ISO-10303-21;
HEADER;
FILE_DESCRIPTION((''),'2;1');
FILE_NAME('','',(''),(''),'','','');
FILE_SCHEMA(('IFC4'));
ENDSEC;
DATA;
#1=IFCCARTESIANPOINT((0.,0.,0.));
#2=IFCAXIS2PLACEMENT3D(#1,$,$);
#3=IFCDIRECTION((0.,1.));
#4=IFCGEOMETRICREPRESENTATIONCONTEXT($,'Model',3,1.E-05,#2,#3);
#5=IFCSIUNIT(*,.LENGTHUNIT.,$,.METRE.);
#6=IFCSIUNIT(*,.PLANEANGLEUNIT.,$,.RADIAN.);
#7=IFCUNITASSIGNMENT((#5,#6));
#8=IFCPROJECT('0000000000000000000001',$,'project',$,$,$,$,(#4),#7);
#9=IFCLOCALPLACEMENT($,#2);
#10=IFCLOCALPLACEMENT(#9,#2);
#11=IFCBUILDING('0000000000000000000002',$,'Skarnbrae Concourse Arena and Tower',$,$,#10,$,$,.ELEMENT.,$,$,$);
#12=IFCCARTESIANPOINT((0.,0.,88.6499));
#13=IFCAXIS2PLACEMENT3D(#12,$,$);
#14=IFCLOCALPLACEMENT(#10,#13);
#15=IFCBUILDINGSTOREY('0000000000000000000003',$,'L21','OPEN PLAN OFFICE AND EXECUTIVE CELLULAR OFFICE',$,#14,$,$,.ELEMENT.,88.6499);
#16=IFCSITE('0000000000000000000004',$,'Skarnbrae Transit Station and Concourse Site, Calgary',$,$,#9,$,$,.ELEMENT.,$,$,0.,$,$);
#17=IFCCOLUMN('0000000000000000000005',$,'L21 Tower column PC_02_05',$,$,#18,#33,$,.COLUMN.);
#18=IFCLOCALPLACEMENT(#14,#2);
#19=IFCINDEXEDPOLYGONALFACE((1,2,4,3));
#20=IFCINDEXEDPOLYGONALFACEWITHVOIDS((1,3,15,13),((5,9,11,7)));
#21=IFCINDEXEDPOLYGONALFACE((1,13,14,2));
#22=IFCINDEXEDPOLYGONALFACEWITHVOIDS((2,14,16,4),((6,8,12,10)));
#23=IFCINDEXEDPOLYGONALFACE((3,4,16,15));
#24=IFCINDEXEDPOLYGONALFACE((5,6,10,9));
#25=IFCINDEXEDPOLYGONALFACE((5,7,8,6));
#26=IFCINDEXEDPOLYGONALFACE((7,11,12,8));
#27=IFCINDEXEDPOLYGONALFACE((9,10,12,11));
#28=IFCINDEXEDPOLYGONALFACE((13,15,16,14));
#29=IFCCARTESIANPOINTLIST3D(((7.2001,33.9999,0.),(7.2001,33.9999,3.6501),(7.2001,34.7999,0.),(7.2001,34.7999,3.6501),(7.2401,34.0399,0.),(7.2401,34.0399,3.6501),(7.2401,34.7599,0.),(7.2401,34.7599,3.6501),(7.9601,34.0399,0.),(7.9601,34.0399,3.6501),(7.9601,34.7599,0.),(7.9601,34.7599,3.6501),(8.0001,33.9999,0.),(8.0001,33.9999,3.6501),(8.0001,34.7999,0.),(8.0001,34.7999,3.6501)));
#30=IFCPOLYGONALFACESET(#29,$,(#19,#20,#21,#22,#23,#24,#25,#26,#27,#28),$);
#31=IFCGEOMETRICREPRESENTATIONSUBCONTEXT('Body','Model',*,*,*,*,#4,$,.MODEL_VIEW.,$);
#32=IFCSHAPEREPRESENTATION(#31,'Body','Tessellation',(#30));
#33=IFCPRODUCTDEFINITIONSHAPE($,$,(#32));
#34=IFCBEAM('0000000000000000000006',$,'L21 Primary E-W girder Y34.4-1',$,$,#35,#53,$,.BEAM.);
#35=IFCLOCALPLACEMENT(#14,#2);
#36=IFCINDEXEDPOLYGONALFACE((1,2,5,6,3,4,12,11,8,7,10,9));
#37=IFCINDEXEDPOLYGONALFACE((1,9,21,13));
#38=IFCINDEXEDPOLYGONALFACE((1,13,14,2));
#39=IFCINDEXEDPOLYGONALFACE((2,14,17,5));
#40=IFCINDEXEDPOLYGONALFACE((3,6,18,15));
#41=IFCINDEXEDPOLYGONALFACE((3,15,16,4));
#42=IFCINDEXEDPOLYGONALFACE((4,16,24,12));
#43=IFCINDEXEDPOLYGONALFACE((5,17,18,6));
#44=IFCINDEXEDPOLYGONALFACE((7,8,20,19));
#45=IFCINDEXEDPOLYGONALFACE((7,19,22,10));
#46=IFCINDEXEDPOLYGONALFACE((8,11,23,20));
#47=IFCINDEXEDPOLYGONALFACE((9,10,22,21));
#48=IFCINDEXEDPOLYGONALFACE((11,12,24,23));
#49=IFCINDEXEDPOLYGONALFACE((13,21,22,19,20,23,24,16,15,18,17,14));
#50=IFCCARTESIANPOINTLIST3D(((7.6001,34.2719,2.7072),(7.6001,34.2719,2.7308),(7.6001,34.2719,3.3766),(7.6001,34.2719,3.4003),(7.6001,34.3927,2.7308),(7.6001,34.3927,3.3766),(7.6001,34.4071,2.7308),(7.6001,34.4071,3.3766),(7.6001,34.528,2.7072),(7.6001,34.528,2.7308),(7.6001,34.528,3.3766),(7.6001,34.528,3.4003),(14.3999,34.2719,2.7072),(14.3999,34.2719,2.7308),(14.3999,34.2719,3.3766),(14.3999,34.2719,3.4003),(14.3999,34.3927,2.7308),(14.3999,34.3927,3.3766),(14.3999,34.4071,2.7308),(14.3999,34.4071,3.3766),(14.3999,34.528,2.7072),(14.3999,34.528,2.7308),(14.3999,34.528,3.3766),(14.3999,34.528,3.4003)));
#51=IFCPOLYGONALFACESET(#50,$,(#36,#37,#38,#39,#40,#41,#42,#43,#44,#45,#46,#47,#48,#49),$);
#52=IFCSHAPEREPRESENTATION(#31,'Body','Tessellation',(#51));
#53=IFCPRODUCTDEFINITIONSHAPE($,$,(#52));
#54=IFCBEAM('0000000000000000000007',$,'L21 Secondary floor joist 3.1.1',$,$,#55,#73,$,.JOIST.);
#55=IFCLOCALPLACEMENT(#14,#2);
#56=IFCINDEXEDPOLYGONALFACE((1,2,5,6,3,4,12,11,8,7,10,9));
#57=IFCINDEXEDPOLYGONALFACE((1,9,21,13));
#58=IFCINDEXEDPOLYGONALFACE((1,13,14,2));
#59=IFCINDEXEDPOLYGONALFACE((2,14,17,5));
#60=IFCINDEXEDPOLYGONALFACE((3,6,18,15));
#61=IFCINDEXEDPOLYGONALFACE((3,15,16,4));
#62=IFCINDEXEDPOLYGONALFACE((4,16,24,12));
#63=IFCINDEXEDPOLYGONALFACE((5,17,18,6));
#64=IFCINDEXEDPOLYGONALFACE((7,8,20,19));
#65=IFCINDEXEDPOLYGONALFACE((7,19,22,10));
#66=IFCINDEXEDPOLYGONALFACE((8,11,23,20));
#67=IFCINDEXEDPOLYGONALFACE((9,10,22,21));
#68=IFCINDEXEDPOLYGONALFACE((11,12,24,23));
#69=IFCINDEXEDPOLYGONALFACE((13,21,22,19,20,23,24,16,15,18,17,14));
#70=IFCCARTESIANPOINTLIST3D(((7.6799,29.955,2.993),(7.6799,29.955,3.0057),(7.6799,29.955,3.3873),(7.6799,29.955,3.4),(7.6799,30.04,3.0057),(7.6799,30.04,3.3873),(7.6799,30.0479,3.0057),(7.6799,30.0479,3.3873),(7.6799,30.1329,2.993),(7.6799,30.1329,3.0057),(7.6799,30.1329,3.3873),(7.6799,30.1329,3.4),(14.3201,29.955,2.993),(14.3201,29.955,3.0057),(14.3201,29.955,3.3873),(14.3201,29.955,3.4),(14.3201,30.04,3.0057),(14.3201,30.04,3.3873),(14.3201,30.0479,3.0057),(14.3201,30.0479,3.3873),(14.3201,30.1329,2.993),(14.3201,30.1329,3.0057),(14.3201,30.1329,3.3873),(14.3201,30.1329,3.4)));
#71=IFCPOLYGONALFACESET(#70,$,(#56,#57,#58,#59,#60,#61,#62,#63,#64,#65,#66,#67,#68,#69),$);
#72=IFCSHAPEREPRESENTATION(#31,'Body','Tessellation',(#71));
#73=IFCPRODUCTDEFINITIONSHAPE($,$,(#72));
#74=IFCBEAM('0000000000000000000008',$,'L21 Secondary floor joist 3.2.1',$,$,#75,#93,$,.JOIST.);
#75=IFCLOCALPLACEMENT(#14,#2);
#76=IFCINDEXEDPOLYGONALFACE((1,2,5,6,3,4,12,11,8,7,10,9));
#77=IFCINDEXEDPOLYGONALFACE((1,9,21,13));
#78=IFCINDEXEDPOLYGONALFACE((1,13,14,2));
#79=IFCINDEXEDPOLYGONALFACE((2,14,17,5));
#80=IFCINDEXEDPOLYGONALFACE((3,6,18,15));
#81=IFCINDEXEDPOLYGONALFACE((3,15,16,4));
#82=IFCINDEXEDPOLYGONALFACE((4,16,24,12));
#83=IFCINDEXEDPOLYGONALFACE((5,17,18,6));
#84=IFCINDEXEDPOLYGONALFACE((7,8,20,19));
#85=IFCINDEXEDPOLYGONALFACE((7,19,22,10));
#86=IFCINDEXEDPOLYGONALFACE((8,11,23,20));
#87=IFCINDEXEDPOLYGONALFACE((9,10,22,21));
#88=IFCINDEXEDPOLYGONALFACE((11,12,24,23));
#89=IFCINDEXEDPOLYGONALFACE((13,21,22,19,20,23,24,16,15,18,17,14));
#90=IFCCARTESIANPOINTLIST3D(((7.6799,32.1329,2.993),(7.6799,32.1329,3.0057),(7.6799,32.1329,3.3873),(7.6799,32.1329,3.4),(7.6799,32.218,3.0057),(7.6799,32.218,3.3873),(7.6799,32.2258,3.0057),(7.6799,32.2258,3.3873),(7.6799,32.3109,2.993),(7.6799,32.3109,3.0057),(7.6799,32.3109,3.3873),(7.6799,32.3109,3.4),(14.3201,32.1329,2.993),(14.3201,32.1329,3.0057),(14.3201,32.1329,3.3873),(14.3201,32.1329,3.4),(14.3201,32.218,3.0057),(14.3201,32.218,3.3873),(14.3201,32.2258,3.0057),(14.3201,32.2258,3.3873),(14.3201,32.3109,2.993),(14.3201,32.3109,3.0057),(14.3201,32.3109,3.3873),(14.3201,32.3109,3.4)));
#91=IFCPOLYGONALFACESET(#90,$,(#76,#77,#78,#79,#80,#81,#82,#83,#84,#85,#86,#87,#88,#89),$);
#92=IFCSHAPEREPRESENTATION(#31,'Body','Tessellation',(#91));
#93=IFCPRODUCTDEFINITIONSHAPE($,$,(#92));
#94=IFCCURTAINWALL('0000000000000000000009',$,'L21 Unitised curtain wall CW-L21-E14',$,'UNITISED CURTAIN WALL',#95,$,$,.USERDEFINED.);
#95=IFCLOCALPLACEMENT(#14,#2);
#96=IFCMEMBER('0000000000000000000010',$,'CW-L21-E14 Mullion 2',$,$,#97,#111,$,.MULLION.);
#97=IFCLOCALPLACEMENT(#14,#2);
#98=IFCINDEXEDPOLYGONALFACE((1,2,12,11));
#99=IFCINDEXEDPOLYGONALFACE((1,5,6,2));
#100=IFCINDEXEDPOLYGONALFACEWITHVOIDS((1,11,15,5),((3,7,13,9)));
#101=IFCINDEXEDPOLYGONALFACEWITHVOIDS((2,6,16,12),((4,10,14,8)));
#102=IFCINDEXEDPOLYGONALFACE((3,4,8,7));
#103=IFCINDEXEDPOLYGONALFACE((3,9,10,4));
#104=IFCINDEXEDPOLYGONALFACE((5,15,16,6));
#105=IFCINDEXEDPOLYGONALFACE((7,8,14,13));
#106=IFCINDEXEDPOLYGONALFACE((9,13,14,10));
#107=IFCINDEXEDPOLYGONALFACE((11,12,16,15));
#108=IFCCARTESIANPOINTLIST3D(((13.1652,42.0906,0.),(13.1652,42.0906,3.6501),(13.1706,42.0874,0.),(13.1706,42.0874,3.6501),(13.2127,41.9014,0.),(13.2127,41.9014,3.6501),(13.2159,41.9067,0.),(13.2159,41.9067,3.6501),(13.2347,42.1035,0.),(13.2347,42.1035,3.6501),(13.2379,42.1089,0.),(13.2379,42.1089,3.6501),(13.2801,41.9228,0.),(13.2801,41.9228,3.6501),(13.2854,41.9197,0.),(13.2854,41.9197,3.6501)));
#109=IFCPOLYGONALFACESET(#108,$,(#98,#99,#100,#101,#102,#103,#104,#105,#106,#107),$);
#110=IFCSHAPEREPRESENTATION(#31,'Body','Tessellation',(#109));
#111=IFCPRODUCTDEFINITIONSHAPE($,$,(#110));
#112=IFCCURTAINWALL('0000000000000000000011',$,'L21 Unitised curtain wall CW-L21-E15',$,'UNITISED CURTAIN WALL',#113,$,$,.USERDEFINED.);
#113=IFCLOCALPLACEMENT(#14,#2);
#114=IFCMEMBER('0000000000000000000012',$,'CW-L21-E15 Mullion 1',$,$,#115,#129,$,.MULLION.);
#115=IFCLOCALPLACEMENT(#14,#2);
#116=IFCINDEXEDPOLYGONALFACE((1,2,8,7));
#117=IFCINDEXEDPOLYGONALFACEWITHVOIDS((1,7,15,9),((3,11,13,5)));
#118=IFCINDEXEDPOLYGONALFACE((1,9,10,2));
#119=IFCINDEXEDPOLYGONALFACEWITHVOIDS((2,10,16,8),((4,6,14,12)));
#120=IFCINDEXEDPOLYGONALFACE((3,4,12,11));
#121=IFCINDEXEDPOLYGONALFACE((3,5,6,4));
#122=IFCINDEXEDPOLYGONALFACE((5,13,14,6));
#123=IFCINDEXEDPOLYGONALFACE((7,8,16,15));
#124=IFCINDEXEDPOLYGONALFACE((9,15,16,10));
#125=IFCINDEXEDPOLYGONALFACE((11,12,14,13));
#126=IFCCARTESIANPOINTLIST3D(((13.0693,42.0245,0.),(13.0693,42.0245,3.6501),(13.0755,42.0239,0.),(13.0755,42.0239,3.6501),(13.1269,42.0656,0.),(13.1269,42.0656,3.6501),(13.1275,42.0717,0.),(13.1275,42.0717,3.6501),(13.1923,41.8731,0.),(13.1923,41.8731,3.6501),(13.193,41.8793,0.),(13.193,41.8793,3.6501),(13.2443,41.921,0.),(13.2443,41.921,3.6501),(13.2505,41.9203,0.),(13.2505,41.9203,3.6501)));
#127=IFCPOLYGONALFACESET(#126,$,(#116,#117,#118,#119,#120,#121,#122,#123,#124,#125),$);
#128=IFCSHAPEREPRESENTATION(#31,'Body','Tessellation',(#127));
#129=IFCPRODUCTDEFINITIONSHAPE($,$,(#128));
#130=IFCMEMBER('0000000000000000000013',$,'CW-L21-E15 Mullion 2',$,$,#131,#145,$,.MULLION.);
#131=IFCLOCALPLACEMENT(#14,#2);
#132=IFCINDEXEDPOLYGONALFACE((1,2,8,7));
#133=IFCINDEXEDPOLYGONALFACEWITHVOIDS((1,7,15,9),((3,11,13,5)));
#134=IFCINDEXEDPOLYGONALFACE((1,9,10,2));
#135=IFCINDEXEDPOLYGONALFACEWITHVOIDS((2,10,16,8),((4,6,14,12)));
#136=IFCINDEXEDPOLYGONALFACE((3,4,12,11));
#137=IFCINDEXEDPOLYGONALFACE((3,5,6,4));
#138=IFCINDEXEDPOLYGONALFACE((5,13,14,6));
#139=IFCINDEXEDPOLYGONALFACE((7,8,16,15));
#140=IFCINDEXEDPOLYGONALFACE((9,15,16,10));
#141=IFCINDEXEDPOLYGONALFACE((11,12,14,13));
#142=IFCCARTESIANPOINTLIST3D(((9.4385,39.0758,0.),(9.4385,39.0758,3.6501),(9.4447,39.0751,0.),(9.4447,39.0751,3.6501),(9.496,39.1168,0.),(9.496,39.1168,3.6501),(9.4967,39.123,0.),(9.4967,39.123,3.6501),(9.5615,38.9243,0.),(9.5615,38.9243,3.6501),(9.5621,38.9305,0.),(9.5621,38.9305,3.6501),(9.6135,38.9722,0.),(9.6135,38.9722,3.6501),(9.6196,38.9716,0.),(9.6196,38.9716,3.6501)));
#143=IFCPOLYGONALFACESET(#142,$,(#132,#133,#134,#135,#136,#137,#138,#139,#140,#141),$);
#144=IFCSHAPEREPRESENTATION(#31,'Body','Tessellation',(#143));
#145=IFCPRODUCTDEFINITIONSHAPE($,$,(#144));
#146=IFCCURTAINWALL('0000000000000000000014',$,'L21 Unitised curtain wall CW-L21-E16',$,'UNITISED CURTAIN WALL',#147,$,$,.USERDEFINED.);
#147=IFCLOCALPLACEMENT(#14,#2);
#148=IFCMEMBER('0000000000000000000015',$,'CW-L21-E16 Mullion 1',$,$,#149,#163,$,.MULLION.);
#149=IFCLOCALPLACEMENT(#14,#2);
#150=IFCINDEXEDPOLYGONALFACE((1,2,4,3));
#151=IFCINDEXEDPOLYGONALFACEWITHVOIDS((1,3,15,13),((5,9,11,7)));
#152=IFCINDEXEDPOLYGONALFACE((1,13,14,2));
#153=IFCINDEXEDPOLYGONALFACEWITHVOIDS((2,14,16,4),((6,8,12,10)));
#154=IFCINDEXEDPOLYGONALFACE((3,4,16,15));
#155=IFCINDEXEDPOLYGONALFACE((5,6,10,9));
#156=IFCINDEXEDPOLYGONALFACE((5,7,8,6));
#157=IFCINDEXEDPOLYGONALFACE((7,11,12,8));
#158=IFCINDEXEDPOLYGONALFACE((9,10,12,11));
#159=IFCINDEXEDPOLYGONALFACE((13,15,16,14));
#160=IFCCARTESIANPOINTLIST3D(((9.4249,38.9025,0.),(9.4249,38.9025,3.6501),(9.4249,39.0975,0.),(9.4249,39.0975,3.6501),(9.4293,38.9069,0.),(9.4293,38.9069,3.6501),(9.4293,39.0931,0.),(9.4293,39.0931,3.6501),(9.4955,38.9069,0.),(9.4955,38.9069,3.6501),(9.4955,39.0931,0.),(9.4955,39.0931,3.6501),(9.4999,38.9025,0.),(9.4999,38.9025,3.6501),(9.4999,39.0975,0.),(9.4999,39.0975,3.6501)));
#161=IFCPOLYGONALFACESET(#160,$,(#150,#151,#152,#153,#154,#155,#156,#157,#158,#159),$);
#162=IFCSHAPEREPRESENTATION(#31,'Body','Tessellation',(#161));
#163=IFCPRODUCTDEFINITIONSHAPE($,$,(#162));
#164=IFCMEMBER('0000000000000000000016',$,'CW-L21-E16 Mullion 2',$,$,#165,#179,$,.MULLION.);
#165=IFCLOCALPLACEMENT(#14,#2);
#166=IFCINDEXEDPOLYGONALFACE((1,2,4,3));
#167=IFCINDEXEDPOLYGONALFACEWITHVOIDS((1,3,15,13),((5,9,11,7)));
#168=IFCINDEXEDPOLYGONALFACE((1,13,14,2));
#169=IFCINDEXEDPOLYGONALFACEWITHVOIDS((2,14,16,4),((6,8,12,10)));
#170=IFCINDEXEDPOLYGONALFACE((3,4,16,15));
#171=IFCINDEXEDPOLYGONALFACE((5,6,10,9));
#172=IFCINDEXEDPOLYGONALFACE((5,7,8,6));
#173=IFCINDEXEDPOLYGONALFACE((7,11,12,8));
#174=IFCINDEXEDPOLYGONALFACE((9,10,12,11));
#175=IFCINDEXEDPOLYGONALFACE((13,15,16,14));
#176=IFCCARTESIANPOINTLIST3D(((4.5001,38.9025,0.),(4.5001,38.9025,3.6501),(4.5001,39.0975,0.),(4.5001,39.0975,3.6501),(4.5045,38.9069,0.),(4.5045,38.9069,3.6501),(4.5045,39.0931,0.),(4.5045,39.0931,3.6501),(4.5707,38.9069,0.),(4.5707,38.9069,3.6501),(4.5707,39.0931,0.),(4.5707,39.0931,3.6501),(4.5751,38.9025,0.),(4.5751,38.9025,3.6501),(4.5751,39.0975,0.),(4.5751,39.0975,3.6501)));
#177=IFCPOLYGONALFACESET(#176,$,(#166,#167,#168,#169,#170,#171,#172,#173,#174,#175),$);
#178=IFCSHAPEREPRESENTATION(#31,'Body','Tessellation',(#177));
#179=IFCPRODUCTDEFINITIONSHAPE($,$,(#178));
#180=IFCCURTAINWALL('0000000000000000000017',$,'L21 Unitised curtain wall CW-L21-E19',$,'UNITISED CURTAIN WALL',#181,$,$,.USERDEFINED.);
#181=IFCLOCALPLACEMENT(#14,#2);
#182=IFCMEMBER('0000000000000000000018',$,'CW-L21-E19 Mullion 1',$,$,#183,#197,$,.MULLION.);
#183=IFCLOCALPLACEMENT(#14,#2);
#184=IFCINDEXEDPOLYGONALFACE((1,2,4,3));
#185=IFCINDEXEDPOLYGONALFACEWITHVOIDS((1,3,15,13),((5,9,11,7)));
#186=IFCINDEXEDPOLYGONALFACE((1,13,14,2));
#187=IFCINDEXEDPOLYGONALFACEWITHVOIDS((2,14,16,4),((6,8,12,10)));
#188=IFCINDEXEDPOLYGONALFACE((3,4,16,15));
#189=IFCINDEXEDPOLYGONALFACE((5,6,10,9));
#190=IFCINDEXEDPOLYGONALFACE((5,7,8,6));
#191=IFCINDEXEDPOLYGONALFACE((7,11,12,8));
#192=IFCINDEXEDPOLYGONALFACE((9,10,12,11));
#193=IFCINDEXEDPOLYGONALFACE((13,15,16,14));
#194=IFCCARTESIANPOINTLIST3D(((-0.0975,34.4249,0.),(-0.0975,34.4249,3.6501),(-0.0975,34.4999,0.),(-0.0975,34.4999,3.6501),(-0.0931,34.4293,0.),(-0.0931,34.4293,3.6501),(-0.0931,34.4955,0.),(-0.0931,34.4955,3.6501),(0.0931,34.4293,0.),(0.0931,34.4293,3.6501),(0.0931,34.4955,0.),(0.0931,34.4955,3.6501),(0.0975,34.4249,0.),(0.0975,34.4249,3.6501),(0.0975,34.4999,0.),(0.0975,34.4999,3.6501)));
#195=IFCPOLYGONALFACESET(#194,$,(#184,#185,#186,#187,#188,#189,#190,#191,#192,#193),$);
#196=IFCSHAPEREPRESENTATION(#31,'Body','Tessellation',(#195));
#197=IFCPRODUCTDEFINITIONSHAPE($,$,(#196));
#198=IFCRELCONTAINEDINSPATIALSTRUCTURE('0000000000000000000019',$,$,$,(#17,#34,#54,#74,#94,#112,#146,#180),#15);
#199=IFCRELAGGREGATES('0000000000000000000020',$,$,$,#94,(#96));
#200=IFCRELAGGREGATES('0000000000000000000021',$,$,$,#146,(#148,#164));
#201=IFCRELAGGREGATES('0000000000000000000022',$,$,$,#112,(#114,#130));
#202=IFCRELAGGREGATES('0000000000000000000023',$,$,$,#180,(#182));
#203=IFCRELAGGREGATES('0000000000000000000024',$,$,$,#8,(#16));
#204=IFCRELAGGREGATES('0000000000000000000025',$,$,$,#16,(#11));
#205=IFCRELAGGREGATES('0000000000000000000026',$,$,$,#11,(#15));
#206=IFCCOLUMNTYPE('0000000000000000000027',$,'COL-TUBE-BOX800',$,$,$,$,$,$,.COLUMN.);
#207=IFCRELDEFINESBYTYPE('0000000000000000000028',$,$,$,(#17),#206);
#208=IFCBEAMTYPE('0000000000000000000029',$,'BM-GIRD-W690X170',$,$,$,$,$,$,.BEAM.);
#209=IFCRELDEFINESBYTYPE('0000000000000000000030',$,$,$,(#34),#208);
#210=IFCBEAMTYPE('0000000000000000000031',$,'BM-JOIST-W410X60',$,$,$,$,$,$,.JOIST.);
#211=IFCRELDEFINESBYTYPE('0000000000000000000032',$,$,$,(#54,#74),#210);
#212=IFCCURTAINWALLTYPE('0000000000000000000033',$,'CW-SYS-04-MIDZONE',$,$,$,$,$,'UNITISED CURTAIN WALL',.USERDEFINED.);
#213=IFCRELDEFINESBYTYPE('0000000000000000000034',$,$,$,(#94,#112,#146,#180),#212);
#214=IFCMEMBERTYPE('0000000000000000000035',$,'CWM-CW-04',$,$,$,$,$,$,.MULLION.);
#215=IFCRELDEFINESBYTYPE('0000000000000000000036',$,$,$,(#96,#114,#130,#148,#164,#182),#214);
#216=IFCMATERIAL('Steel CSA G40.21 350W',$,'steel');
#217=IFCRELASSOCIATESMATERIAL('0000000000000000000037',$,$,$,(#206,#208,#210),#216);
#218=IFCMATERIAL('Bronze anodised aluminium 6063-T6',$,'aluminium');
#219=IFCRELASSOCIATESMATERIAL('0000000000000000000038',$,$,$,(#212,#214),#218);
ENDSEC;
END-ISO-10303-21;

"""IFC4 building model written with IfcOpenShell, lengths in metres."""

from ifc_helpers import new_model, si_unit, direction, frame, origin, origin_2d, place, context, subcontext, project, spatial, hollow_rectangle, i_section, extrude, source, transform, mapped, material, material_profile, profile_set, type_object, element, aggregate, save


model = new_model("IFC4")

# Units and contexts
model_context = context("Model", 3, precision=1e-05, world=origin(), true_north=direction((0.0, 1.0)))
body_context = subcontext(model_context, "Body", "Model", "MODEL_VIEW")
ifc_project = project(units=[si_unit("LENGTHUNIT", "METRE"), si_unit("PLANEANGLEUNIT", "RADIAN")], contexts=[model_context])

# Site, building, storey
site_placement = place(None, origin())
site = spatial("IfcSite", under=ifc_project, at=site_placement, Name="Skarnbrae Transit Station and Concourse Site, Calgary", CompositionType="ELEMENT", RefElevation=0.0)
building_placement = place(site_placement, origin())
building = spatial("IfcBuilding", under=site, at=building_placement, Name="Skarnbrae Concourse Arena and Tower", CompositionType="ELEMENT")
storey_placement = place(building_placement, frame((0.0, 0.0, 88.6499)))
storey = spatial("IfcBuildingStorey", under=building, at=storey_placement, Name="L21", Description="OPEN PLAN OFFICE AND EXECUTIVE CELLULAR OFFICE", CompositionType="ELEMENT", Elevation=88.6499)

# Column
ifc_material_1 = material(Name="Steel CSA G40.21 350W", Category="steel")
ifc_material_profile_1 = material_profile(ifc_material_1, hollow_rectangle(XDim=0.8, YDim=0.8, WallThickness=0.04, at=origin_2d()), Name="BOX800X800X40")
ifc_profile_set_1 = profile_set([ifc_material_profile_1], Name="Steel CSA G40.21 350W")
column_type = type_object("IfcColumnType", Name="COL-TUBE-BOX800", PredefinedType="COLUMN", material=ifc_profile_set_1)
shared_shape_1 = source(origin(), body_context, "Body", "SweptSolid", [
    extrude(hollow_rectangle(XDim=0.8, YDim=0.8, WallThickness=0.04, at=origin_2d()), origin(), (0.0, 0.0, 1.0), 3.6501),
])
column_placement = place(storey_placement, frame((7.6001, 34.3999, 0.0), z_axis=(0.0, 0.0, 1.0), x_axis=(1.0, 0.0, 0.0)))
element("IfcColumn", 1, at=column_placement, inside=storey, type_object=column_type, Name="L21 Tower column PC_02_05", PredefinedType="COLUMN", context=body_context, shape_type="MappedRepresentation", body=[
    mapped(shared_shape_1, transform((0.0, 0.0, 0.0))),
])

# Beams
ifc_material_profile_2 = material_profile(ifc_material_1, i_section(OverallWidth=0.2561, OverallDepth=0.6931, WebThickness=0.0144, FlangeThickness=0.0237, at=origin_2d()), Name="W690X170")
ifc_profile_set_2 = profile_set([ifc_material_profile_2], Name="Steel CSA G40.21 350W")
beam_type_1 = type_object("IfcBeamType", Name="BM-GIRD-W690X170", PredefinedType="BEAM", material=ifc_profile_set_2)
shared_shape_2 = source(origin(), body_context, "Body", "SweptSolid", [
    extrude(i_section(OverallWidth=0.2561, OverallDepth=0.6931, WebThickness=0.0144, FlangeThickness=0.0237, at=origin_2d()), origin(), (0.0, 0.0, 1.0), 6.7998),
])
beam_placement = place(storey_placement, frame((7.6001, 34.3999, 3.0537), z_axis=(1.0, 0.0, 0.0), x_axis=(0.0, 1.0, 0.0)))
element("IfcBeam", 2, at=beam_placement, inside=storey, type_object=beam_type_1, Name="L21 Primary E-W girder Y34.4-1", PredefinedType="BEAM", context=body_context, shape_type="MappedRepresentation", body=[
    mapped(shared_shape_2, transform((0.0, 0.0, 0.0))),
])
ifc_material_profile_3 = material_profile(ifc_material_1, i_section(OverallWidth=0.178, OverallDepth=0.407, WebThickness=0.0078, FlangeThickness=0.0127, at=origin_2d()), Name="W410X60")
ifc_profile_set_3 = profile_set([ifc_material_profile_3], Name="Steel CSA G40.21 350W")
beam_type_2 = type_object("IfcBeamType", Name="BM-JOIST-W410X60", PredefinedType="JOIST", material=ifc_profile_set_3)
shared_shape_3 = source(origin(), body_context, "Body", "SweptSolid", [
    extrude(i_section(OverallWidth=0.178, OverallDepth=0.407, WebThickness=0.0078, FlangeThickness=0.0127, at=origin_2d()), origin(), (0.0, 0.0, 1.0), 6.6401),
])
for number, where, z_axis, x_axis, name in (
    (3, (7.6799, 30.0439, 3.1965), (1.0, 0.0, 0.0), (0.0, 1.0, 0.0), "L21 Secondary floor joist 3.1.1"),
    (4, (7.6799, 32.2219, 3.1965), (1.0, 0.0, 0.0), (0.0, 1.0, 0.0), "L21 Secondary floor joist 3.2.1"),
):
    element("IfcBeam", number, at=place(storey_placement, frame(where, z_axis=z_axis, x_axis=x_axis)), inside=storey, type_object=beam_type_2, Name=name, PredefinedType="JOIST", context=body_context, shape_type="MappedRepresentation", body=[
        mapped(shared_shape_3, transform((0.0, 0.0, 0.0))),
    ])

# Curtain wall, member
ifc_material_2 = material(Name="Bronze anodised aluminium 6063-T6", Category="aluminium")
curtain_wall_type = type_object("IfcCurtainWallType", Name="CW-SYS-04-MIDZONE", ElementType="UNITISED CURTAIN WALL", PredefinedType="USERDEFINED", material=ifc_material_2)
curtain_wall_1_placement = place(storey_placement, origin())
curtain_wall_1 = element("IfcCurtainWall", 5, at=curtain_wall_1_placement, inside=storey, type_object=curtain_wall_type, Name="L21 Unitised curtain wall CW-L21-E14", ObjectType="UNITISED CURTAIN WALL", PredefinedType="USERDEFINED")
ifc_material_profile_4 = material_profile(ifc_material_2, hollow_rectangle(XDim=0.075, YDim=0.1951, WallThickness=0.0044, at=origin_2d()), Name="ALU-MULL-75X195")
ifc_profile_set_4 = profile_set([ifc_material_profile_4], Name="Bronze anodised aluminium 6063-T6")
member_type_1 = type_object("IfcMemberType", Name="CWM-CW-04", PredefinedType="MULLION", material=ifc_profile_set_4)
shared_shape_4 = source(origin(), body_context, "Body", "SweptSolid", [
    extrude(hollow_rectangle(XDim=0.075, YDim=0.1951, WallThickness=0.0044, at=origin_2d()), origin(), (0.0, 0.0, 1.0), 3.6501),
])
member_1_placement = place(storey_placement, frame((13.2253, 42.0051, 0.0), z_axis=(0.0, 0.0, 1.0), x_axis=(-0.969903, -0.243491, 0.0)))
member_1 = element("IfcMember", 6, at=member_1_placement, type_object=member_type_1, Name="CW-L21-E14 Mullion 2", PredefinedType="MULLION", context=body_context, shape_type="MappedRepresentation", body=[
    mapped(shared_shape_4, transform((0.0, 0.0, 0.0))),
])
aggregate(curtain_wall_1, [member_1])

# Curtain walls, members
curtain_wall_2_placement = place(storey_placement, origin())
curtain_wall_2 = element("IfcCurtainWall", 7, at=curtain_wall_2_placement, inside=storey, type_object=curtain_wall_type, Name="L21 Unitised curtain wall CW-L21-E15", ObjectType="UNITISED CURTAIN WALL", PredefinedType="USERDEFINED")
member_2_placement = place(storey_placement, frame((13.1599, 41.9724, 0.0), z_axis=(0.0, 0.0, 1.0), x_axis=(-0.776241, -0.630436, 0.0)))
member_2 = element("IfcMember", 8, at=member_2_placement, type_object=member_type_1, Name="CW-L21-E15 Mullion 1", PredefinedType="MULLION", context=body_context, shape_type="MappedRepresentation", body=[
    mapped(shared_shape_4, transform((0.0, 0.0, 0.0))),
])
member_3_placement = place(storey_placement, frame((9.5291, 39.0237, 0.0), z_axis=(0.0, 0.0, 1.0), x_axis=(-0.776241, -0.630436, 0.0)))
member_3 = element("IfcMember", 9, at=member_3_placement, type_object=member_type_1, Name="CW-L21-E15 Mullion 2", PredefinedType="MULLION", context=body_context, shape_type="MappedRepresentation", body=[
    mapped(shared_shape_4, transform((0.0, 0.0, 0.0))),
])
curtain_wall_3_placement = place(storey_placement, origin())
curtain_wall_3 = element("IfcCurtainWall", 10, at=curtain_wall_3_placement, inside=storey, type_object=curtain_wall_type, Name="L21 Unitised curtain wall CW-L21-E16", ObjectType="UNITISED CURTAIN WALL", PredefinedType="USERDEFINED")
member_4_placement = place(storey_placement, frame((9.4624, 39.0, 0.0), z_axis=(0.0, 0.0, 1.0), x_axis=(-1.0, 0.0, 0.0)))
member_4 = element("IfcMember", 11, at=member_4_placement, type_object=member_type_1, Name="CW-L21-E16 Mullion 1", PredefinedType="MULLION", context=body_context, shape_type="MappedRepresentation", body=[
    mapped(shared_shape_4, transform((0.0, 0.0, 0.0))),
])
member_5_placement = place(storey_placement, frame((4.5376, 39.0, 0.0), z_axis=(0.0, 0.0, 1.0), x_axis=(-1.0, 0.0, 0.0)))
member_5 = element("IfcMember", 12, at=member_5_placement, type_object=member_type_1, Name="CW-L21-E16 Mullion 2", PredefinedType="MULLION", context=body_context, shape_type="MappedRepresentation", body=[
    mapped(shared_shape_4, transform((0.0, 0.0, 0.0))),
])

# Curtain wall, member
curtain_wall_4_placement = place(storey_placement, origin())
curtain_wall_4 = element("IfcCurtainWall", 13, at=curtain_wall_4_placement, inside=storey, type_object=curtain_wall_type, Name="L21 Unitised curtain wall CW-L21-E19", ObjectType="UNITISED CURTAIN WALL", PredefinedType="USERDEFINED")
member_6_placement = place(storey_placement, frame((0.0, 34.4624, 0.0), z_axis=(0.0, 0.0, 1.0), x_axis=(0.0, -1.0, 0.0)))
member_6 = element("IfcMember", 14, at=member_6_placement, type_object=member_type_1, Name="CW-L21-E19 Mullion 1", PredefinedType="MULLION", context=body_context, shape_type="MappedRepresentation", body=[
    mapped(shared_shape_4, transform((0.0, 0.0, 0.0))),
])

aggregate(curtain_wall_3, [member_4, member_5])
aggregate(curtain_wall_2, [member_2, member_3])
aggregate(curtain_wall_4, [member_6])

save(model, "model.ifc")
